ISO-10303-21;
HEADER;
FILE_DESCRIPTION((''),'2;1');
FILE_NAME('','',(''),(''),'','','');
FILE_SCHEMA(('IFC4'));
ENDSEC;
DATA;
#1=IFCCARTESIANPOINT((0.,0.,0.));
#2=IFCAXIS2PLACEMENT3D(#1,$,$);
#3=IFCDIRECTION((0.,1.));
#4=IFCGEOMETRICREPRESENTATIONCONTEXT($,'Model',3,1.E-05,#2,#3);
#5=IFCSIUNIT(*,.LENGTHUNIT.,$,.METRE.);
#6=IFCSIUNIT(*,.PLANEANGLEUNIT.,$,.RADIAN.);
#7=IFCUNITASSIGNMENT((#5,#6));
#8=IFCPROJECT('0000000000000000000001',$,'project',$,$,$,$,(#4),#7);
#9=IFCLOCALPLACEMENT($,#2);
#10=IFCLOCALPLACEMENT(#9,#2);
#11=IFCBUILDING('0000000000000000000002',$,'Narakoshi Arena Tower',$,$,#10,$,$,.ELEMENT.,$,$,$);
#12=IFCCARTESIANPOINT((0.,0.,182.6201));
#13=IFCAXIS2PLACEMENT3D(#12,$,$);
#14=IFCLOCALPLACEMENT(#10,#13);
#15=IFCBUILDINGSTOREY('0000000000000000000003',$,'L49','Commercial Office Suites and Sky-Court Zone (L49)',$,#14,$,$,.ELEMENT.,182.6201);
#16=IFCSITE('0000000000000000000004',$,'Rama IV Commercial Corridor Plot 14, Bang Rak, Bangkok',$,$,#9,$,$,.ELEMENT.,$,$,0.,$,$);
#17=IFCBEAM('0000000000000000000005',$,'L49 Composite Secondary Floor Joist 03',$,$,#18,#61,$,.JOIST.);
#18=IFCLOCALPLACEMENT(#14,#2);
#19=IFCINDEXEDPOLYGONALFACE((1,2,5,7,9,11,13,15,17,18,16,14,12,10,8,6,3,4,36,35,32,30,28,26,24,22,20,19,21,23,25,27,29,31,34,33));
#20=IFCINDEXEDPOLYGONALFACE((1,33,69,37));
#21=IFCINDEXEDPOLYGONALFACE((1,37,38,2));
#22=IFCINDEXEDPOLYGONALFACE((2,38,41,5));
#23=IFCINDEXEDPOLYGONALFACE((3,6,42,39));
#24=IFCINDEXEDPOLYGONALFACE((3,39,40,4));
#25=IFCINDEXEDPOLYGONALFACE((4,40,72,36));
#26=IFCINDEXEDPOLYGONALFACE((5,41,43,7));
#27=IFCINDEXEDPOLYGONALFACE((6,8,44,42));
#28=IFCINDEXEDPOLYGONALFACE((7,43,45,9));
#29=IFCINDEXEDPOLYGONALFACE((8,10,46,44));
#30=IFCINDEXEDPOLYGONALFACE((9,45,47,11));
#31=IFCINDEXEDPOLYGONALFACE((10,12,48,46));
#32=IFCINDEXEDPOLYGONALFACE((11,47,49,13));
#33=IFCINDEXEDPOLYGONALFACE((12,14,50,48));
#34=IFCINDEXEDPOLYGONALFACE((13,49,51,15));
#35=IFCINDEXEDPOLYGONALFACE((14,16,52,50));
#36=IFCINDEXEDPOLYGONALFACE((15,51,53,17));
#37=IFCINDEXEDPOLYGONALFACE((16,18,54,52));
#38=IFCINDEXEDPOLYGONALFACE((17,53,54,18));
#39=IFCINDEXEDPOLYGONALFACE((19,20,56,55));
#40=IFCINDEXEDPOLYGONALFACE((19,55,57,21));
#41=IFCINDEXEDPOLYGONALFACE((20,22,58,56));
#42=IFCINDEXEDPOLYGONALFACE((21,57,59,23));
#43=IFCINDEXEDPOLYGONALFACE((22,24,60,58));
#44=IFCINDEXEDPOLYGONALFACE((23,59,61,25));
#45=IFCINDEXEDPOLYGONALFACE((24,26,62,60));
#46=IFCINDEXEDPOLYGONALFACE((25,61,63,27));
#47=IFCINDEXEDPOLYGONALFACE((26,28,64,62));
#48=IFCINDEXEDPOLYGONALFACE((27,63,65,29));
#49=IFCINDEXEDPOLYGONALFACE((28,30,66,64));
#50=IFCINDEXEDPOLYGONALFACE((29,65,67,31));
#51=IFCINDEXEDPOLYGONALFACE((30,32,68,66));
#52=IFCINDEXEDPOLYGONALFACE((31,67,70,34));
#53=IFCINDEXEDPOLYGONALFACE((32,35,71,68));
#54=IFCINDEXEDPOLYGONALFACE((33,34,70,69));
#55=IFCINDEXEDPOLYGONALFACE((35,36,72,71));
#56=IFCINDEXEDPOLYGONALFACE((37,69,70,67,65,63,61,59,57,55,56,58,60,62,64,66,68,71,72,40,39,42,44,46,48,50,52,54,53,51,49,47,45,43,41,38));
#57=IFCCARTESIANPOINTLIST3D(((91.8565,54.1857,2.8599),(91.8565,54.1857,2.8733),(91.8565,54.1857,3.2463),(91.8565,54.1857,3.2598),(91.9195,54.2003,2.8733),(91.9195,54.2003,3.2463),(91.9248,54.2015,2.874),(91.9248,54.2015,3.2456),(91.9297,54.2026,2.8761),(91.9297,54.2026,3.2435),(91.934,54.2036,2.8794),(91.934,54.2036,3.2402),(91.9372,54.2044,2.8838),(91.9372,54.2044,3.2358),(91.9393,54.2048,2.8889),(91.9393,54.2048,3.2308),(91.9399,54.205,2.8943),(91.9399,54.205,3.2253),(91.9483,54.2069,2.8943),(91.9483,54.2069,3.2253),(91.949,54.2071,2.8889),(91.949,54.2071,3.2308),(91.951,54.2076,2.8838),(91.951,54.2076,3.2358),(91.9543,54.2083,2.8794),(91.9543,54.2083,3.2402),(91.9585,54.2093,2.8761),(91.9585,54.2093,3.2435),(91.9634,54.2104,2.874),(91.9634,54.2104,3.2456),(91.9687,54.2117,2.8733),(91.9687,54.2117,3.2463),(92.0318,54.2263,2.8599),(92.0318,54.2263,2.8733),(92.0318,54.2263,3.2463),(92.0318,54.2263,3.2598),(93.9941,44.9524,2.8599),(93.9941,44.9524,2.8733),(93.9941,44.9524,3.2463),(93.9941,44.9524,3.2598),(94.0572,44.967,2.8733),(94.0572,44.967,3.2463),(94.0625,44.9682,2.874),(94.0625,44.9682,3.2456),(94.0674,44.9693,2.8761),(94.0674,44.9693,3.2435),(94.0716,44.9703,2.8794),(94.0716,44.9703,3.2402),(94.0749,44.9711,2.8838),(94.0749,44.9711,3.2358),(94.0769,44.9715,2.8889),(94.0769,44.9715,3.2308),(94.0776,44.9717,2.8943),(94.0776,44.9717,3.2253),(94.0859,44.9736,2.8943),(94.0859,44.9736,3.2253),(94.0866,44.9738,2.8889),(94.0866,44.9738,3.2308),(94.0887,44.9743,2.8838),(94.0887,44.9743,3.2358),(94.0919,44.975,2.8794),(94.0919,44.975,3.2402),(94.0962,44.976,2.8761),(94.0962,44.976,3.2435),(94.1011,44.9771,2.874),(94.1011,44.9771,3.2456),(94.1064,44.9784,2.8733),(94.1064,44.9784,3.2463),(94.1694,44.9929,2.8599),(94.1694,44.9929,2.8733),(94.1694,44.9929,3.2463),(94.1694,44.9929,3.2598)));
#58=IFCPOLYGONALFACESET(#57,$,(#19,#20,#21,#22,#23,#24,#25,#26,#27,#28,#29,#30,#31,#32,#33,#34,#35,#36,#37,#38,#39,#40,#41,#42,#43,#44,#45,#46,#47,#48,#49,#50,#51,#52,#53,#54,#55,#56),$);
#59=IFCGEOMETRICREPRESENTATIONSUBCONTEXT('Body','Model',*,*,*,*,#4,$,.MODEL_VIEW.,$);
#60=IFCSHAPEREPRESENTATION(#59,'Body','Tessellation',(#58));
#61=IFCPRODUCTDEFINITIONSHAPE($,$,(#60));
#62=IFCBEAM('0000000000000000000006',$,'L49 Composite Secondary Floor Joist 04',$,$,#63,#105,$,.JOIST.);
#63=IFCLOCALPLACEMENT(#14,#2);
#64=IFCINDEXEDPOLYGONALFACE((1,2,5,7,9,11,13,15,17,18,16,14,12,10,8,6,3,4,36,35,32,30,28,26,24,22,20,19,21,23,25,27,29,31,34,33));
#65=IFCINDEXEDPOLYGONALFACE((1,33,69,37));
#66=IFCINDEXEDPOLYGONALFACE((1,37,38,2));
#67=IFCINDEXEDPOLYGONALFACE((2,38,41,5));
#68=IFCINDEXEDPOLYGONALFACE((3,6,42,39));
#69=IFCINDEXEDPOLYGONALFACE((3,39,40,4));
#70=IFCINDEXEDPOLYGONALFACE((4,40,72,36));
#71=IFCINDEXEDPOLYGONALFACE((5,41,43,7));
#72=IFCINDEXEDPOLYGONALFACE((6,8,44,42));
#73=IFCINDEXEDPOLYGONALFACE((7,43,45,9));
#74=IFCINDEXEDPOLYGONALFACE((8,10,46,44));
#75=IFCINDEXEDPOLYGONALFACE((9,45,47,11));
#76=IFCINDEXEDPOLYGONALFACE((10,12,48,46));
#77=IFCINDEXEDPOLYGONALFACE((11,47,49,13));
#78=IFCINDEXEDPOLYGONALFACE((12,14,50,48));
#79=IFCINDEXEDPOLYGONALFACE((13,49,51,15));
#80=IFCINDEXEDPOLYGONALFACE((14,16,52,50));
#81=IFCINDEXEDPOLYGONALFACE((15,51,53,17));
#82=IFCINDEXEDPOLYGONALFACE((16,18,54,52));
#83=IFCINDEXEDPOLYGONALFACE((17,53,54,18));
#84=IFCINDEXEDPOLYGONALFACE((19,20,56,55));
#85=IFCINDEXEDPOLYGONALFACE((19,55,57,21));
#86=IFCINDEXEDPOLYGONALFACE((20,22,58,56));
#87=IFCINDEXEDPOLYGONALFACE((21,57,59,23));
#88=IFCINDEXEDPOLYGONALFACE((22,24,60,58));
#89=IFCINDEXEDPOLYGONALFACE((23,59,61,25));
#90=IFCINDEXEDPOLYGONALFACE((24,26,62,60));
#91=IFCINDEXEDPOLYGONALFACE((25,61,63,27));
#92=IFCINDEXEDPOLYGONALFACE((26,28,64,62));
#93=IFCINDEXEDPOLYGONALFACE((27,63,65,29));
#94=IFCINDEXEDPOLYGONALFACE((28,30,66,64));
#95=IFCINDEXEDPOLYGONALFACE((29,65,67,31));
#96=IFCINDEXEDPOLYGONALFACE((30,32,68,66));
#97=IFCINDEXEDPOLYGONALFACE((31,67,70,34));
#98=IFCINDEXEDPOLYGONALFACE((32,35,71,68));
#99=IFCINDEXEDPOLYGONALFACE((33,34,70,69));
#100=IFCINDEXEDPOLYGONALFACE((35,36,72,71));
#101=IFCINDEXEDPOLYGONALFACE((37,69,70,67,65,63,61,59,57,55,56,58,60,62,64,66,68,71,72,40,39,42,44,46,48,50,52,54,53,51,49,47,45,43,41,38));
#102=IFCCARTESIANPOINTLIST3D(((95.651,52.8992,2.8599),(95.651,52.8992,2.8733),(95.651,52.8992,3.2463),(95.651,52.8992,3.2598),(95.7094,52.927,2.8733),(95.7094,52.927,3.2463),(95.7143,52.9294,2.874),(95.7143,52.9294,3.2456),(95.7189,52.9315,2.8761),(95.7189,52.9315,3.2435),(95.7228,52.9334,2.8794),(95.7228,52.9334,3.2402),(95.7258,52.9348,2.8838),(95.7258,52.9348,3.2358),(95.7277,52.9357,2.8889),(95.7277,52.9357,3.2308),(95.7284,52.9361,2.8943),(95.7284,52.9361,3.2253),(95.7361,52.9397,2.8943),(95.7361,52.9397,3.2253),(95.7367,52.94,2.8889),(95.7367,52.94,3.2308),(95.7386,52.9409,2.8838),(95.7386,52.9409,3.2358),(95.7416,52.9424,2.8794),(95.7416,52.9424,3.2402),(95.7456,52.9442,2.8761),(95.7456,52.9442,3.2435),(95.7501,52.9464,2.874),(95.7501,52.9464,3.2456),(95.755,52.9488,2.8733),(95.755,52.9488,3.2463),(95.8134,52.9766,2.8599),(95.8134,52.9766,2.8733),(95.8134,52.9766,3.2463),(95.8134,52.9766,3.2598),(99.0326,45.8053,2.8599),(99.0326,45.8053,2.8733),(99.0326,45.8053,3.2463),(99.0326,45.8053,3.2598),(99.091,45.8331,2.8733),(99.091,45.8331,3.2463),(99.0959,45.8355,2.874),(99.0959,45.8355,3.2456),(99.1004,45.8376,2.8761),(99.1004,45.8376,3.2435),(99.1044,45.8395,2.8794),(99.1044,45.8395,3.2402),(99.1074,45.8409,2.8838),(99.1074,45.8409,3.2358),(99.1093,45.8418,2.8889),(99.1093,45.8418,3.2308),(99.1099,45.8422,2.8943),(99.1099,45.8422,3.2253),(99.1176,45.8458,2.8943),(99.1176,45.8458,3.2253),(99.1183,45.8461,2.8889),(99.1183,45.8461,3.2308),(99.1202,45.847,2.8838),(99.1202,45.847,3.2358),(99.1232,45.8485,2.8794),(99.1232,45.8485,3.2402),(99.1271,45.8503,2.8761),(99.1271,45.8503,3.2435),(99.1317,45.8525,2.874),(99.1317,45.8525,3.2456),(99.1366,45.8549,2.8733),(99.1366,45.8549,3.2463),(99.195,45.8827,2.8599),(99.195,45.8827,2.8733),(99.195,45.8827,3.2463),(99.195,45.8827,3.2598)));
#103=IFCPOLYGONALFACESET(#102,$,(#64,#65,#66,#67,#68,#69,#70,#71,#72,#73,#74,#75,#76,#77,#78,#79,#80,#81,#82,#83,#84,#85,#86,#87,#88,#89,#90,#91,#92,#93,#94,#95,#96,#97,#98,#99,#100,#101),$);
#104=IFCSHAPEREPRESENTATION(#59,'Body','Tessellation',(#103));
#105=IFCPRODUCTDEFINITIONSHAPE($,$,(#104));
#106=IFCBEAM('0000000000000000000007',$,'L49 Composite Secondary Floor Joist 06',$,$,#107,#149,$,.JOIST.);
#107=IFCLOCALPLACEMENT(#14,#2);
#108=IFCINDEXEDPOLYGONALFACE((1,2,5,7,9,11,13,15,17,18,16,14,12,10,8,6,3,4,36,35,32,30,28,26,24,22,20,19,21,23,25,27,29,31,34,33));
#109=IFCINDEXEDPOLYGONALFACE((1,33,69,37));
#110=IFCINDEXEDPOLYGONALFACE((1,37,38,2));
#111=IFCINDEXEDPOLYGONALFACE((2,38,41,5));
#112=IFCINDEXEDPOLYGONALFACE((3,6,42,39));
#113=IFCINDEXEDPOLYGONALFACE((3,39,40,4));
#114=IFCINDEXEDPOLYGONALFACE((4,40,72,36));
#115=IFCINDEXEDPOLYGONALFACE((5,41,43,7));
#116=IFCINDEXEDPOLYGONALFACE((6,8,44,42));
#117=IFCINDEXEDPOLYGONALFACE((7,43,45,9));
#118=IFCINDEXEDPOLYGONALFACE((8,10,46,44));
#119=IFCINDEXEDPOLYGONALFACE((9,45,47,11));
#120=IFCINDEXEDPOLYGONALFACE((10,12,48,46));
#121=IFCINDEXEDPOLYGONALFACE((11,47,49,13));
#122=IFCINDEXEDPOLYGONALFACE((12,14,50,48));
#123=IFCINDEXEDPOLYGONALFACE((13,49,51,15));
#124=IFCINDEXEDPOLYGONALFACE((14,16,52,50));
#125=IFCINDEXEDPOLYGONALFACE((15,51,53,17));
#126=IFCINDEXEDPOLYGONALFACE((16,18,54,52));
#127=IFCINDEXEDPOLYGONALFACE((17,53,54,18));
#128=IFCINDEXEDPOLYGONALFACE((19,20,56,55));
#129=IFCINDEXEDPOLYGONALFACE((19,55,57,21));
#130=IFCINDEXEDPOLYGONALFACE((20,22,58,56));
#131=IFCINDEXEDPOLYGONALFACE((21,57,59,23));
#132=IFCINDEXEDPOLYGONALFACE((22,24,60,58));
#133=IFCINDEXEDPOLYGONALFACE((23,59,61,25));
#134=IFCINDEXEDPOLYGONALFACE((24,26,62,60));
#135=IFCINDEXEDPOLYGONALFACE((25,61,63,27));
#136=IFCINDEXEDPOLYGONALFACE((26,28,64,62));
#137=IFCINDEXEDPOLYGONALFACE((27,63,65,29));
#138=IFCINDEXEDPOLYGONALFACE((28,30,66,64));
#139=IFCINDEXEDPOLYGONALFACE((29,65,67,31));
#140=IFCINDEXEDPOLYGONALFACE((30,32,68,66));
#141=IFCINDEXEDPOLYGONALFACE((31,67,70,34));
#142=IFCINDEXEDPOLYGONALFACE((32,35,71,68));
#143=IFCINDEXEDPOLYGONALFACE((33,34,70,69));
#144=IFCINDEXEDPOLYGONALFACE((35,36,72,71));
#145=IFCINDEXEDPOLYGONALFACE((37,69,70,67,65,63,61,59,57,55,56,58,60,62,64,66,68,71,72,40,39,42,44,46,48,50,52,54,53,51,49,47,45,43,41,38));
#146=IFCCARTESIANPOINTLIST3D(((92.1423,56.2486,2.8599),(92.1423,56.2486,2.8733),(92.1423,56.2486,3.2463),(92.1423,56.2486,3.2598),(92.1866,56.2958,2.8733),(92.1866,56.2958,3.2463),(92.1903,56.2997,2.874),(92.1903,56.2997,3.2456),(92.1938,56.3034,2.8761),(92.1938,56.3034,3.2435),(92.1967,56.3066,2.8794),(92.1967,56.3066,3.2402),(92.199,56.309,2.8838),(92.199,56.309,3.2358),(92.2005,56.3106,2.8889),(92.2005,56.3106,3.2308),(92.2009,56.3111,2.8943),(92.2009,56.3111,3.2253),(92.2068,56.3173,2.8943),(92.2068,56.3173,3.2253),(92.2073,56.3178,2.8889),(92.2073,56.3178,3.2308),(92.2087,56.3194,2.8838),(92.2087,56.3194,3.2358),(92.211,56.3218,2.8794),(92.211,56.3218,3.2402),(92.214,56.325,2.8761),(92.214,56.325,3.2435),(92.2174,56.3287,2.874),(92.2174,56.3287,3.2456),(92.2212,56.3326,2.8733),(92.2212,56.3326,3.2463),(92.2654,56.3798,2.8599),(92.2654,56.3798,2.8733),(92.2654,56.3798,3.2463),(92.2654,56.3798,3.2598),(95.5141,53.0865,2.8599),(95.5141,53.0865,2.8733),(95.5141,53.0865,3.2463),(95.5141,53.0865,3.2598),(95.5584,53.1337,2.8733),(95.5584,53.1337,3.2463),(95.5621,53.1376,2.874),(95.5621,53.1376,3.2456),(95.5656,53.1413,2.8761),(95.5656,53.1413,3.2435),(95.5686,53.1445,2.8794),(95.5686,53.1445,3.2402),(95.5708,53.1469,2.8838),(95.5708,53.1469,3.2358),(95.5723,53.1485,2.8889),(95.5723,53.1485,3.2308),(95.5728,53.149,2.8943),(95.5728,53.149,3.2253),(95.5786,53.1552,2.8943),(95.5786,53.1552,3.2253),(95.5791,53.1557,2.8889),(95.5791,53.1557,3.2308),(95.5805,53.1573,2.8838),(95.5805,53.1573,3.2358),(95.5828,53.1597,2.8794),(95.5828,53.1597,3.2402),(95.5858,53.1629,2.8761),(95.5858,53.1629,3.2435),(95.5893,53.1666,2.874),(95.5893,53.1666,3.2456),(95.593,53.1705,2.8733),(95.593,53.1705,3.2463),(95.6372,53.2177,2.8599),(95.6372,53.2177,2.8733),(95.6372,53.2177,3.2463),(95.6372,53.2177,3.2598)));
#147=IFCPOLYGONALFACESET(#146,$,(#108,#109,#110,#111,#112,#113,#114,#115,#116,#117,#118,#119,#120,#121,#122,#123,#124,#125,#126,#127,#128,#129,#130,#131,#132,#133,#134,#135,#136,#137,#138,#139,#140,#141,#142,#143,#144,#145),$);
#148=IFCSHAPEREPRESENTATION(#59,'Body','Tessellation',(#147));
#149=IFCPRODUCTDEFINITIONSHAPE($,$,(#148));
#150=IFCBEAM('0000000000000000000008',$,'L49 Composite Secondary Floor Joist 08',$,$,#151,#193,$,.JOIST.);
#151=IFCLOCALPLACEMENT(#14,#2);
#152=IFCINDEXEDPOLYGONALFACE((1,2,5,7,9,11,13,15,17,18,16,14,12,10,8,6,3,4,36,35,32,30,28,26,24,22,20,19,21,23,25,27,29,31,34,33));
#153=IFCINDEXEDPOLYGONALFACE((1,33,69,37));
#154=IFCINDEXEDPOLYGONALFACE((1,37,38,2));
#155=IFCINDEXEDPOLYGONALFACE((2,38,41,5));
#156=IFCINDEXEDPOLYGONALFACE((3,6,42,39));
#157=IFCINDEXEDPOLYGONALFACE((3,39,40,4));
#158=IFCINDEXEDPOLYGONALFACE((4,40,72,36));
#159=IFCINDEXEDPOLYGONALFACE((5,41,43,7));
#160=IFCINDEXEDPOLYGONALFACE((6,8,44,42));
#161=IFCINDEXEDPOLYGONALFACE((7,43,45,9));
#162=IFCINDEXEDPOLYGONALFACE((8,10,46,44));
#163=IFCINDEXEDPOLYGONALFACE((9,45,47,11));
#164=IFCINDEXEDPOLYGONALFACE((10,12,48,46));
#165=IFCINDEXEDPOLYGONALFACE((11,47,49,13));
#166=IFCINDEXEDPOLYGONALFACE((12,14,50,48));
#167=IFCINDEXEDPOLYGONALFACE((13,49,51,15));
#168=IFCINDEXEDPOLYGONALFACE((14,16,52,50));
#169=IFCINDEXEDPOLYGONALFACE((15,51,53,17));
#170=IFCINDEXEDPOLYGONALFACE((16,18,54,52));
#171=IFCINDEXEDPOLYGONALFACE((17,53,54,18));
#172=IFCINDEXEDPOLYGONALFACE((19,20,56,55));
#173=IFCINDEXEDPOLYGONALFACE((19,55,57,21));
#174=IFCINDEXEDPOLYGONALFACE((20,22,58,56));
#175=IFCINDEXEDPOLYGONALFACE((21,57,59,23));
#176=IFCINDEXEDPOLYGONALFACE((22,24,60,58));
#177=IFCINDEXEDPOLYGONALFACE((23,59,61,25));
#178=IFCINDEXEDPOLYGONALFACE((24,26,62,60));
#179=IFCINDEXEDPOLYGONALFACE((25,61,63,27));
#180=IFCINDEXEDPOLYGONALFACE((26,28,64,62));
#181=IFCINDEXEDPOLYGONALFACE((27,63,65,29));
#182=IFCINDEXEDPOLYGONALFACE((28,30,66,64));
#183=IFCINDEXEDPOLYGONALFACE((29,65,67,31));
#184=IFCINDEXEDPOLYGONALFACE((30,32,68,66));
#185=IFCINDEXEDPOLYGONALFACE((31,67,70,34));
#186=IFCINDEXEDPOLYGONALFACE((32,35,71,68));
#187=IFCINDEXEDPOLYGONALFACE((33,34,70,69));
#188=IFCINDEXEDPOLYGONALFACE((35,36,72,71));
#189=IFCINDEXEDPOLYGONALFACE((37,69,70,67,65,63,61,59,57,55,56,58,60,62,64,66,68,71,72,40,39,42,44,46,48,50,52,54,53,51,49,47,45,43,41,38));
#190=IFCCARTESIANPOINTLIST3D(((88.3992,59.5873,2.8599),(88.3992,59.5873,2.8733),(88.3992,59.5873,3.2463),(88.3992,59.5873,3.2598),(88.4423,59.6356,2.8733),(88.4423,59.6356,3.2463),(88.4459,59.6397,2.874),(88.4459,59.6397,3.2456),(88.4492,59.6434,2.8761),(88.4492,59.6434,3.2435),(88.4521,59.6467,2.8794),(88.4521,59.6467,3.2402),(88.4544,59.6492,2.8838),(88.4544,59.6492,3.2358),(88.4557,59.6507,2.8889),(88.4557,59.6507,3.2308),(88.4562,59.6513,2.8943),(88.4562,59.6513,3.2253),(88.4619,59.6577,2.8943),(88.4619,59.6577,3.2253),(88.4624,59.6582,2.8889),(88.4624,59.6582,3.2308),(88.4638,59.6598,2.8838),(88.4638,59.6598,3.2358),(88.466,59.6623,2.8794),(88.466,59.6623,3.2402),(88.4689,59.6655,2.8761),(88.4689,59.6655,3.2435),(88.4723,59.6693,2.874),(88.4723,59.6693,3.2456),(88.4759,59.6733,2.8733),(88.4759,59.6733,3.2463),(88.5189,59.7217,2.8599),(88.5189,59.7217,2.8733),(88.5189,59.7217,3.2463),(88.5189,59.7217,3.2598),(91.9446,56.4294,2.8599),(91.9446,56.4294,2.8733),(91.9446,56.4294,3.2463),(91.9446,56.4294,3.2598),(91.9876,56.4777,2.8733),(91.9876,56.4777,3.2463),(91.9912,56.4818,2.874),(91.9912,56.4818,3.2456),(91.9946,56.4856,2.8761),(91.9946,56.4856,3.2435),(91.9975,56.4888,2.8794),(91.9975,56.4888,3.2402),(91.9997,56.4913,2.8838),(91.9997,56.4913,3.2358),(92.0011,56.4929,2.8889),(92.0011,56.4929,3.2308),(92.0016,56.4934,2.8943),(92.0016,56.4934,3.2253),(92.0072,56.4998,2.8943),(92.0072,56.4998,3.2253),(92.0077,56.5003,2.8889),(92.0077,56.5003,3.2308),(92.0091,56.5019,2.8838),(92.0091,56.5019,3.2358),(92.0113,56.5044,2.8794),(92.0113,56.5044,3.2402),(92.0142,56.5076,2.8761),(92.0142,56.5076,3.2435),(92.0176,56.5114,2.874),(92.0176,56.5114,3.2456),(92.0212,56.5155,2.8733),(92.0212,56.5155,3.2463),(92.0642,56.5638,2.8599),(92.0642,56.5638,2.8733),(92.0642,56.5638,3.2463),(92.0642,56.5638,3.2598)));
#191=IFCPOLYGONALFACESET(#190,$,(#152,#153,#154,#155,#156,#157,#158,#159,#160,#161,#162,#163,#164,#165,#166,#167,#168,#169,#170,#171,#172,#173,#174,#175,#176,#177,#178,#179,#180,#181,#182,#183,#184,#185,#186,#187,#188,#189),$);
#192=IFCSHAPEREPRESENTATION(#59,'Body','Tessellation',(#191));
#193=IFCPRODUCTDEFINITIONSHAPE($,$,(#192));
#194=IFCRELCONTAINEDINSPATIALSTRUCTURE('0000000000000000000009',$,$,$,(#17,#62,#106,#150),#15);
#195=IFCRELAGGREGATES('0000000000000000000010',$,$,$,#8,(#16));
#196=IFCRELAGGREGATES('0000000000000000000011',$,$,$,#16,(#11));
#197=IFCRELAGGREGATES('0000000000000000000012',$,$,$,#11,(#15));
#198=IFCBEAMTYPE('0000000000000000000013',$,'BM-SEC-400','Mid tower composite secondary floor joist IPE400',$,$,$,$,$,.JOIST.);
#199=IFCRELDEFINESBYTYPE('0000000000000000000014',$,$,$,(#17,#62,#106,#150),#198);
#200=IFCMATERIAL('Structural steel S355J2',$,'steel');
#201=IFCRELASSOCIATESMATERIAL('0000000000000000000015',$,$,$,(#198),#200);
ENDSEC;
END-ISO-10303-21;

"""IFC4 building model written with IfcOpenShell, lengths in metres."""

from ifc_helpers import new_model, si_unit, direction, frame, origin, origin_2d, place, context, subcontext, project, spatial, i_section, extrude, material, material_profile, profile_set, type_object, element, save


model = new_model("IFC4")

# Units and contexts
model_context = context("Model", 3, precision=1e-05, world=origin(), true_north=direction((0.0, 1.0)))
body_context = subcontext(model_context, "Body", "Model", "MODEL_VIEW")
ifc_project = project(units=[si_unit("LENGTHUNIT", "METRE"), si_unit("PLANEANGLEUNIT", "RADIAN")], contexts=[model_context])

# Site, building, storey
site_placement = place(None, origin())
site = spatial("IfcSite", under=ifc_project, at=site_placement, Name="Rama IV Commercial Corridor Plot 14, Bang Rak, Bangkok", CompositionType="ELEMENT", RefElevation=0.0)
building_placement = place(site_placement, origin())
building = spatial("IfcBuilding", under=site, at=building_placement, Name="Narakoshi Arena Tower", CompositionType="ELEMENT")
storey_placement = place(building_placement, frame((0.0, 0.0, 182.6201)))
storey = spatial("IfcBuildingStorey", under=building, at=storey_placement, Name="L49", Description="Commercial Office Suites and Sky-Court Zone (L49)", CompositionType="ELEMENT", Elevation=182.6201)

# Beams
ifc_material_1 = material(Name="Structural steel S355J2", Category="steel")
ifc_material_profile_1 = material_profile(ifc_material_1, i_section(OverallWidth=0.1799, OverallDepth=0.3999, WebThickness=0.0085, FlangeThickness=0.0134, FilletRadius=0.021, at=origin_2d()), Name="IPE400")
ifc_profile_set_1 = profile_set([ifc_material_profile_1], Name="Structural steel S355J2")
beam_type_1 = type_object("IfcBeamType", Name="BM-SEC-400", Description="Mid tower composite secondary floor joist IPE400", PredefinedType="JOIST", material=ifc_profile_set_1)
beam_1_placement = place(storey_placement, frame((94.0818, 44.9727, 3.0598), z_axis=(-0.225552, 0.974231, 0.0), x_axis=(-0.974231, -0.225552, 0.0)))
element("IfcBeam", 1, at=beam_1_placement, inside=storey, type_object=beam_type_1, Name="L49 Composite Secondary Floor Joist 03", PredefinedType="JOIST", context=body_context, shape_type="SweptSolid", body=[
    extrude(i_section(OverallWidth=0.1799, OverallDepth=0.3999, WebThickness=0.0085, FlangeThickness=0.0134, FilletRadius=0.021, at=origin_2d()), origin(), (0.0, 0.0, 1.0), 9.4775),
])
beam_2_placement = place(storey_placement, frame((99.1138, 45.844, 3.0598), z_axis=(-0.430297, 0.902688, 0.0), x_axis=(-0.902688, -0.430297, 0.0)))
element("IfcBeam", 2, at=beam_2_placement, inside=storey, type_object=beam_type_1, Name="L49 Composite Secondary Floor Joist 04", PredefinedType="JOIST", context=body_context, shape_type="SweptSolid", body=[
    extrude(i_section(OverallWidth=0.1799, OverallDepth=0.3999, WebThickness=0.0085, FlangeThickness=0.0134, FilletRadius=0.021, at=origin_2d()), origin(), (0.0, 0.0, 1.0), 7.8586),
])
beam_3_placement = place(storey_placement, frame((95.5757, 53.1521, 3.0598), z_axis=(-0.729427, 0.684059, 0.0), x_axis=(-0.684059, -0.729427, 0.0)))
element("IfcBeam", 3, at=beam_3_placement, inside=storey, type_object=beam_type_1, Name="L49 Composite Secondary Floor Joist 06", PredefinedType="JOIST", context=body_context, shape_type="SweptSolid", body=[
    extrude(i_section(OverallWidth=0.1799, OverallDepth=0.3999, WebThickness=0.0085, FlangeThickness=0.0134, FilletRadius=0.021, at=origin_2d()), origin(), (0.0, 0.0, 1.0), 4.6226),
])
beam_4_placement = place(storey_placement, frame((92.0044, 56.4966, 3.0598), z_axis=(-0.746731, 0.665126, 0.0), x_axis=(-0.665126, -0.746731, 0.0)))
element("IfcBeam", 4, at=beam_4_placement, inside=storey, type_object=beam_type_1, Name="L49 Composite Secondary Floor Joist 08", PredefinedType="JOIST", context=body_context, shape_type="SweptSolid", body=[
    extrude(i_section(OverallWidth=0.1799, OverallDepth=0.3999, WebThickness=0.0085, FlangeThickness=0.0134, FilletRadius=0.021, at=origin_2d()), origin(), (0.0, 0.0, 1.0), 4.7478),
])

save(model, "model.ifc")
